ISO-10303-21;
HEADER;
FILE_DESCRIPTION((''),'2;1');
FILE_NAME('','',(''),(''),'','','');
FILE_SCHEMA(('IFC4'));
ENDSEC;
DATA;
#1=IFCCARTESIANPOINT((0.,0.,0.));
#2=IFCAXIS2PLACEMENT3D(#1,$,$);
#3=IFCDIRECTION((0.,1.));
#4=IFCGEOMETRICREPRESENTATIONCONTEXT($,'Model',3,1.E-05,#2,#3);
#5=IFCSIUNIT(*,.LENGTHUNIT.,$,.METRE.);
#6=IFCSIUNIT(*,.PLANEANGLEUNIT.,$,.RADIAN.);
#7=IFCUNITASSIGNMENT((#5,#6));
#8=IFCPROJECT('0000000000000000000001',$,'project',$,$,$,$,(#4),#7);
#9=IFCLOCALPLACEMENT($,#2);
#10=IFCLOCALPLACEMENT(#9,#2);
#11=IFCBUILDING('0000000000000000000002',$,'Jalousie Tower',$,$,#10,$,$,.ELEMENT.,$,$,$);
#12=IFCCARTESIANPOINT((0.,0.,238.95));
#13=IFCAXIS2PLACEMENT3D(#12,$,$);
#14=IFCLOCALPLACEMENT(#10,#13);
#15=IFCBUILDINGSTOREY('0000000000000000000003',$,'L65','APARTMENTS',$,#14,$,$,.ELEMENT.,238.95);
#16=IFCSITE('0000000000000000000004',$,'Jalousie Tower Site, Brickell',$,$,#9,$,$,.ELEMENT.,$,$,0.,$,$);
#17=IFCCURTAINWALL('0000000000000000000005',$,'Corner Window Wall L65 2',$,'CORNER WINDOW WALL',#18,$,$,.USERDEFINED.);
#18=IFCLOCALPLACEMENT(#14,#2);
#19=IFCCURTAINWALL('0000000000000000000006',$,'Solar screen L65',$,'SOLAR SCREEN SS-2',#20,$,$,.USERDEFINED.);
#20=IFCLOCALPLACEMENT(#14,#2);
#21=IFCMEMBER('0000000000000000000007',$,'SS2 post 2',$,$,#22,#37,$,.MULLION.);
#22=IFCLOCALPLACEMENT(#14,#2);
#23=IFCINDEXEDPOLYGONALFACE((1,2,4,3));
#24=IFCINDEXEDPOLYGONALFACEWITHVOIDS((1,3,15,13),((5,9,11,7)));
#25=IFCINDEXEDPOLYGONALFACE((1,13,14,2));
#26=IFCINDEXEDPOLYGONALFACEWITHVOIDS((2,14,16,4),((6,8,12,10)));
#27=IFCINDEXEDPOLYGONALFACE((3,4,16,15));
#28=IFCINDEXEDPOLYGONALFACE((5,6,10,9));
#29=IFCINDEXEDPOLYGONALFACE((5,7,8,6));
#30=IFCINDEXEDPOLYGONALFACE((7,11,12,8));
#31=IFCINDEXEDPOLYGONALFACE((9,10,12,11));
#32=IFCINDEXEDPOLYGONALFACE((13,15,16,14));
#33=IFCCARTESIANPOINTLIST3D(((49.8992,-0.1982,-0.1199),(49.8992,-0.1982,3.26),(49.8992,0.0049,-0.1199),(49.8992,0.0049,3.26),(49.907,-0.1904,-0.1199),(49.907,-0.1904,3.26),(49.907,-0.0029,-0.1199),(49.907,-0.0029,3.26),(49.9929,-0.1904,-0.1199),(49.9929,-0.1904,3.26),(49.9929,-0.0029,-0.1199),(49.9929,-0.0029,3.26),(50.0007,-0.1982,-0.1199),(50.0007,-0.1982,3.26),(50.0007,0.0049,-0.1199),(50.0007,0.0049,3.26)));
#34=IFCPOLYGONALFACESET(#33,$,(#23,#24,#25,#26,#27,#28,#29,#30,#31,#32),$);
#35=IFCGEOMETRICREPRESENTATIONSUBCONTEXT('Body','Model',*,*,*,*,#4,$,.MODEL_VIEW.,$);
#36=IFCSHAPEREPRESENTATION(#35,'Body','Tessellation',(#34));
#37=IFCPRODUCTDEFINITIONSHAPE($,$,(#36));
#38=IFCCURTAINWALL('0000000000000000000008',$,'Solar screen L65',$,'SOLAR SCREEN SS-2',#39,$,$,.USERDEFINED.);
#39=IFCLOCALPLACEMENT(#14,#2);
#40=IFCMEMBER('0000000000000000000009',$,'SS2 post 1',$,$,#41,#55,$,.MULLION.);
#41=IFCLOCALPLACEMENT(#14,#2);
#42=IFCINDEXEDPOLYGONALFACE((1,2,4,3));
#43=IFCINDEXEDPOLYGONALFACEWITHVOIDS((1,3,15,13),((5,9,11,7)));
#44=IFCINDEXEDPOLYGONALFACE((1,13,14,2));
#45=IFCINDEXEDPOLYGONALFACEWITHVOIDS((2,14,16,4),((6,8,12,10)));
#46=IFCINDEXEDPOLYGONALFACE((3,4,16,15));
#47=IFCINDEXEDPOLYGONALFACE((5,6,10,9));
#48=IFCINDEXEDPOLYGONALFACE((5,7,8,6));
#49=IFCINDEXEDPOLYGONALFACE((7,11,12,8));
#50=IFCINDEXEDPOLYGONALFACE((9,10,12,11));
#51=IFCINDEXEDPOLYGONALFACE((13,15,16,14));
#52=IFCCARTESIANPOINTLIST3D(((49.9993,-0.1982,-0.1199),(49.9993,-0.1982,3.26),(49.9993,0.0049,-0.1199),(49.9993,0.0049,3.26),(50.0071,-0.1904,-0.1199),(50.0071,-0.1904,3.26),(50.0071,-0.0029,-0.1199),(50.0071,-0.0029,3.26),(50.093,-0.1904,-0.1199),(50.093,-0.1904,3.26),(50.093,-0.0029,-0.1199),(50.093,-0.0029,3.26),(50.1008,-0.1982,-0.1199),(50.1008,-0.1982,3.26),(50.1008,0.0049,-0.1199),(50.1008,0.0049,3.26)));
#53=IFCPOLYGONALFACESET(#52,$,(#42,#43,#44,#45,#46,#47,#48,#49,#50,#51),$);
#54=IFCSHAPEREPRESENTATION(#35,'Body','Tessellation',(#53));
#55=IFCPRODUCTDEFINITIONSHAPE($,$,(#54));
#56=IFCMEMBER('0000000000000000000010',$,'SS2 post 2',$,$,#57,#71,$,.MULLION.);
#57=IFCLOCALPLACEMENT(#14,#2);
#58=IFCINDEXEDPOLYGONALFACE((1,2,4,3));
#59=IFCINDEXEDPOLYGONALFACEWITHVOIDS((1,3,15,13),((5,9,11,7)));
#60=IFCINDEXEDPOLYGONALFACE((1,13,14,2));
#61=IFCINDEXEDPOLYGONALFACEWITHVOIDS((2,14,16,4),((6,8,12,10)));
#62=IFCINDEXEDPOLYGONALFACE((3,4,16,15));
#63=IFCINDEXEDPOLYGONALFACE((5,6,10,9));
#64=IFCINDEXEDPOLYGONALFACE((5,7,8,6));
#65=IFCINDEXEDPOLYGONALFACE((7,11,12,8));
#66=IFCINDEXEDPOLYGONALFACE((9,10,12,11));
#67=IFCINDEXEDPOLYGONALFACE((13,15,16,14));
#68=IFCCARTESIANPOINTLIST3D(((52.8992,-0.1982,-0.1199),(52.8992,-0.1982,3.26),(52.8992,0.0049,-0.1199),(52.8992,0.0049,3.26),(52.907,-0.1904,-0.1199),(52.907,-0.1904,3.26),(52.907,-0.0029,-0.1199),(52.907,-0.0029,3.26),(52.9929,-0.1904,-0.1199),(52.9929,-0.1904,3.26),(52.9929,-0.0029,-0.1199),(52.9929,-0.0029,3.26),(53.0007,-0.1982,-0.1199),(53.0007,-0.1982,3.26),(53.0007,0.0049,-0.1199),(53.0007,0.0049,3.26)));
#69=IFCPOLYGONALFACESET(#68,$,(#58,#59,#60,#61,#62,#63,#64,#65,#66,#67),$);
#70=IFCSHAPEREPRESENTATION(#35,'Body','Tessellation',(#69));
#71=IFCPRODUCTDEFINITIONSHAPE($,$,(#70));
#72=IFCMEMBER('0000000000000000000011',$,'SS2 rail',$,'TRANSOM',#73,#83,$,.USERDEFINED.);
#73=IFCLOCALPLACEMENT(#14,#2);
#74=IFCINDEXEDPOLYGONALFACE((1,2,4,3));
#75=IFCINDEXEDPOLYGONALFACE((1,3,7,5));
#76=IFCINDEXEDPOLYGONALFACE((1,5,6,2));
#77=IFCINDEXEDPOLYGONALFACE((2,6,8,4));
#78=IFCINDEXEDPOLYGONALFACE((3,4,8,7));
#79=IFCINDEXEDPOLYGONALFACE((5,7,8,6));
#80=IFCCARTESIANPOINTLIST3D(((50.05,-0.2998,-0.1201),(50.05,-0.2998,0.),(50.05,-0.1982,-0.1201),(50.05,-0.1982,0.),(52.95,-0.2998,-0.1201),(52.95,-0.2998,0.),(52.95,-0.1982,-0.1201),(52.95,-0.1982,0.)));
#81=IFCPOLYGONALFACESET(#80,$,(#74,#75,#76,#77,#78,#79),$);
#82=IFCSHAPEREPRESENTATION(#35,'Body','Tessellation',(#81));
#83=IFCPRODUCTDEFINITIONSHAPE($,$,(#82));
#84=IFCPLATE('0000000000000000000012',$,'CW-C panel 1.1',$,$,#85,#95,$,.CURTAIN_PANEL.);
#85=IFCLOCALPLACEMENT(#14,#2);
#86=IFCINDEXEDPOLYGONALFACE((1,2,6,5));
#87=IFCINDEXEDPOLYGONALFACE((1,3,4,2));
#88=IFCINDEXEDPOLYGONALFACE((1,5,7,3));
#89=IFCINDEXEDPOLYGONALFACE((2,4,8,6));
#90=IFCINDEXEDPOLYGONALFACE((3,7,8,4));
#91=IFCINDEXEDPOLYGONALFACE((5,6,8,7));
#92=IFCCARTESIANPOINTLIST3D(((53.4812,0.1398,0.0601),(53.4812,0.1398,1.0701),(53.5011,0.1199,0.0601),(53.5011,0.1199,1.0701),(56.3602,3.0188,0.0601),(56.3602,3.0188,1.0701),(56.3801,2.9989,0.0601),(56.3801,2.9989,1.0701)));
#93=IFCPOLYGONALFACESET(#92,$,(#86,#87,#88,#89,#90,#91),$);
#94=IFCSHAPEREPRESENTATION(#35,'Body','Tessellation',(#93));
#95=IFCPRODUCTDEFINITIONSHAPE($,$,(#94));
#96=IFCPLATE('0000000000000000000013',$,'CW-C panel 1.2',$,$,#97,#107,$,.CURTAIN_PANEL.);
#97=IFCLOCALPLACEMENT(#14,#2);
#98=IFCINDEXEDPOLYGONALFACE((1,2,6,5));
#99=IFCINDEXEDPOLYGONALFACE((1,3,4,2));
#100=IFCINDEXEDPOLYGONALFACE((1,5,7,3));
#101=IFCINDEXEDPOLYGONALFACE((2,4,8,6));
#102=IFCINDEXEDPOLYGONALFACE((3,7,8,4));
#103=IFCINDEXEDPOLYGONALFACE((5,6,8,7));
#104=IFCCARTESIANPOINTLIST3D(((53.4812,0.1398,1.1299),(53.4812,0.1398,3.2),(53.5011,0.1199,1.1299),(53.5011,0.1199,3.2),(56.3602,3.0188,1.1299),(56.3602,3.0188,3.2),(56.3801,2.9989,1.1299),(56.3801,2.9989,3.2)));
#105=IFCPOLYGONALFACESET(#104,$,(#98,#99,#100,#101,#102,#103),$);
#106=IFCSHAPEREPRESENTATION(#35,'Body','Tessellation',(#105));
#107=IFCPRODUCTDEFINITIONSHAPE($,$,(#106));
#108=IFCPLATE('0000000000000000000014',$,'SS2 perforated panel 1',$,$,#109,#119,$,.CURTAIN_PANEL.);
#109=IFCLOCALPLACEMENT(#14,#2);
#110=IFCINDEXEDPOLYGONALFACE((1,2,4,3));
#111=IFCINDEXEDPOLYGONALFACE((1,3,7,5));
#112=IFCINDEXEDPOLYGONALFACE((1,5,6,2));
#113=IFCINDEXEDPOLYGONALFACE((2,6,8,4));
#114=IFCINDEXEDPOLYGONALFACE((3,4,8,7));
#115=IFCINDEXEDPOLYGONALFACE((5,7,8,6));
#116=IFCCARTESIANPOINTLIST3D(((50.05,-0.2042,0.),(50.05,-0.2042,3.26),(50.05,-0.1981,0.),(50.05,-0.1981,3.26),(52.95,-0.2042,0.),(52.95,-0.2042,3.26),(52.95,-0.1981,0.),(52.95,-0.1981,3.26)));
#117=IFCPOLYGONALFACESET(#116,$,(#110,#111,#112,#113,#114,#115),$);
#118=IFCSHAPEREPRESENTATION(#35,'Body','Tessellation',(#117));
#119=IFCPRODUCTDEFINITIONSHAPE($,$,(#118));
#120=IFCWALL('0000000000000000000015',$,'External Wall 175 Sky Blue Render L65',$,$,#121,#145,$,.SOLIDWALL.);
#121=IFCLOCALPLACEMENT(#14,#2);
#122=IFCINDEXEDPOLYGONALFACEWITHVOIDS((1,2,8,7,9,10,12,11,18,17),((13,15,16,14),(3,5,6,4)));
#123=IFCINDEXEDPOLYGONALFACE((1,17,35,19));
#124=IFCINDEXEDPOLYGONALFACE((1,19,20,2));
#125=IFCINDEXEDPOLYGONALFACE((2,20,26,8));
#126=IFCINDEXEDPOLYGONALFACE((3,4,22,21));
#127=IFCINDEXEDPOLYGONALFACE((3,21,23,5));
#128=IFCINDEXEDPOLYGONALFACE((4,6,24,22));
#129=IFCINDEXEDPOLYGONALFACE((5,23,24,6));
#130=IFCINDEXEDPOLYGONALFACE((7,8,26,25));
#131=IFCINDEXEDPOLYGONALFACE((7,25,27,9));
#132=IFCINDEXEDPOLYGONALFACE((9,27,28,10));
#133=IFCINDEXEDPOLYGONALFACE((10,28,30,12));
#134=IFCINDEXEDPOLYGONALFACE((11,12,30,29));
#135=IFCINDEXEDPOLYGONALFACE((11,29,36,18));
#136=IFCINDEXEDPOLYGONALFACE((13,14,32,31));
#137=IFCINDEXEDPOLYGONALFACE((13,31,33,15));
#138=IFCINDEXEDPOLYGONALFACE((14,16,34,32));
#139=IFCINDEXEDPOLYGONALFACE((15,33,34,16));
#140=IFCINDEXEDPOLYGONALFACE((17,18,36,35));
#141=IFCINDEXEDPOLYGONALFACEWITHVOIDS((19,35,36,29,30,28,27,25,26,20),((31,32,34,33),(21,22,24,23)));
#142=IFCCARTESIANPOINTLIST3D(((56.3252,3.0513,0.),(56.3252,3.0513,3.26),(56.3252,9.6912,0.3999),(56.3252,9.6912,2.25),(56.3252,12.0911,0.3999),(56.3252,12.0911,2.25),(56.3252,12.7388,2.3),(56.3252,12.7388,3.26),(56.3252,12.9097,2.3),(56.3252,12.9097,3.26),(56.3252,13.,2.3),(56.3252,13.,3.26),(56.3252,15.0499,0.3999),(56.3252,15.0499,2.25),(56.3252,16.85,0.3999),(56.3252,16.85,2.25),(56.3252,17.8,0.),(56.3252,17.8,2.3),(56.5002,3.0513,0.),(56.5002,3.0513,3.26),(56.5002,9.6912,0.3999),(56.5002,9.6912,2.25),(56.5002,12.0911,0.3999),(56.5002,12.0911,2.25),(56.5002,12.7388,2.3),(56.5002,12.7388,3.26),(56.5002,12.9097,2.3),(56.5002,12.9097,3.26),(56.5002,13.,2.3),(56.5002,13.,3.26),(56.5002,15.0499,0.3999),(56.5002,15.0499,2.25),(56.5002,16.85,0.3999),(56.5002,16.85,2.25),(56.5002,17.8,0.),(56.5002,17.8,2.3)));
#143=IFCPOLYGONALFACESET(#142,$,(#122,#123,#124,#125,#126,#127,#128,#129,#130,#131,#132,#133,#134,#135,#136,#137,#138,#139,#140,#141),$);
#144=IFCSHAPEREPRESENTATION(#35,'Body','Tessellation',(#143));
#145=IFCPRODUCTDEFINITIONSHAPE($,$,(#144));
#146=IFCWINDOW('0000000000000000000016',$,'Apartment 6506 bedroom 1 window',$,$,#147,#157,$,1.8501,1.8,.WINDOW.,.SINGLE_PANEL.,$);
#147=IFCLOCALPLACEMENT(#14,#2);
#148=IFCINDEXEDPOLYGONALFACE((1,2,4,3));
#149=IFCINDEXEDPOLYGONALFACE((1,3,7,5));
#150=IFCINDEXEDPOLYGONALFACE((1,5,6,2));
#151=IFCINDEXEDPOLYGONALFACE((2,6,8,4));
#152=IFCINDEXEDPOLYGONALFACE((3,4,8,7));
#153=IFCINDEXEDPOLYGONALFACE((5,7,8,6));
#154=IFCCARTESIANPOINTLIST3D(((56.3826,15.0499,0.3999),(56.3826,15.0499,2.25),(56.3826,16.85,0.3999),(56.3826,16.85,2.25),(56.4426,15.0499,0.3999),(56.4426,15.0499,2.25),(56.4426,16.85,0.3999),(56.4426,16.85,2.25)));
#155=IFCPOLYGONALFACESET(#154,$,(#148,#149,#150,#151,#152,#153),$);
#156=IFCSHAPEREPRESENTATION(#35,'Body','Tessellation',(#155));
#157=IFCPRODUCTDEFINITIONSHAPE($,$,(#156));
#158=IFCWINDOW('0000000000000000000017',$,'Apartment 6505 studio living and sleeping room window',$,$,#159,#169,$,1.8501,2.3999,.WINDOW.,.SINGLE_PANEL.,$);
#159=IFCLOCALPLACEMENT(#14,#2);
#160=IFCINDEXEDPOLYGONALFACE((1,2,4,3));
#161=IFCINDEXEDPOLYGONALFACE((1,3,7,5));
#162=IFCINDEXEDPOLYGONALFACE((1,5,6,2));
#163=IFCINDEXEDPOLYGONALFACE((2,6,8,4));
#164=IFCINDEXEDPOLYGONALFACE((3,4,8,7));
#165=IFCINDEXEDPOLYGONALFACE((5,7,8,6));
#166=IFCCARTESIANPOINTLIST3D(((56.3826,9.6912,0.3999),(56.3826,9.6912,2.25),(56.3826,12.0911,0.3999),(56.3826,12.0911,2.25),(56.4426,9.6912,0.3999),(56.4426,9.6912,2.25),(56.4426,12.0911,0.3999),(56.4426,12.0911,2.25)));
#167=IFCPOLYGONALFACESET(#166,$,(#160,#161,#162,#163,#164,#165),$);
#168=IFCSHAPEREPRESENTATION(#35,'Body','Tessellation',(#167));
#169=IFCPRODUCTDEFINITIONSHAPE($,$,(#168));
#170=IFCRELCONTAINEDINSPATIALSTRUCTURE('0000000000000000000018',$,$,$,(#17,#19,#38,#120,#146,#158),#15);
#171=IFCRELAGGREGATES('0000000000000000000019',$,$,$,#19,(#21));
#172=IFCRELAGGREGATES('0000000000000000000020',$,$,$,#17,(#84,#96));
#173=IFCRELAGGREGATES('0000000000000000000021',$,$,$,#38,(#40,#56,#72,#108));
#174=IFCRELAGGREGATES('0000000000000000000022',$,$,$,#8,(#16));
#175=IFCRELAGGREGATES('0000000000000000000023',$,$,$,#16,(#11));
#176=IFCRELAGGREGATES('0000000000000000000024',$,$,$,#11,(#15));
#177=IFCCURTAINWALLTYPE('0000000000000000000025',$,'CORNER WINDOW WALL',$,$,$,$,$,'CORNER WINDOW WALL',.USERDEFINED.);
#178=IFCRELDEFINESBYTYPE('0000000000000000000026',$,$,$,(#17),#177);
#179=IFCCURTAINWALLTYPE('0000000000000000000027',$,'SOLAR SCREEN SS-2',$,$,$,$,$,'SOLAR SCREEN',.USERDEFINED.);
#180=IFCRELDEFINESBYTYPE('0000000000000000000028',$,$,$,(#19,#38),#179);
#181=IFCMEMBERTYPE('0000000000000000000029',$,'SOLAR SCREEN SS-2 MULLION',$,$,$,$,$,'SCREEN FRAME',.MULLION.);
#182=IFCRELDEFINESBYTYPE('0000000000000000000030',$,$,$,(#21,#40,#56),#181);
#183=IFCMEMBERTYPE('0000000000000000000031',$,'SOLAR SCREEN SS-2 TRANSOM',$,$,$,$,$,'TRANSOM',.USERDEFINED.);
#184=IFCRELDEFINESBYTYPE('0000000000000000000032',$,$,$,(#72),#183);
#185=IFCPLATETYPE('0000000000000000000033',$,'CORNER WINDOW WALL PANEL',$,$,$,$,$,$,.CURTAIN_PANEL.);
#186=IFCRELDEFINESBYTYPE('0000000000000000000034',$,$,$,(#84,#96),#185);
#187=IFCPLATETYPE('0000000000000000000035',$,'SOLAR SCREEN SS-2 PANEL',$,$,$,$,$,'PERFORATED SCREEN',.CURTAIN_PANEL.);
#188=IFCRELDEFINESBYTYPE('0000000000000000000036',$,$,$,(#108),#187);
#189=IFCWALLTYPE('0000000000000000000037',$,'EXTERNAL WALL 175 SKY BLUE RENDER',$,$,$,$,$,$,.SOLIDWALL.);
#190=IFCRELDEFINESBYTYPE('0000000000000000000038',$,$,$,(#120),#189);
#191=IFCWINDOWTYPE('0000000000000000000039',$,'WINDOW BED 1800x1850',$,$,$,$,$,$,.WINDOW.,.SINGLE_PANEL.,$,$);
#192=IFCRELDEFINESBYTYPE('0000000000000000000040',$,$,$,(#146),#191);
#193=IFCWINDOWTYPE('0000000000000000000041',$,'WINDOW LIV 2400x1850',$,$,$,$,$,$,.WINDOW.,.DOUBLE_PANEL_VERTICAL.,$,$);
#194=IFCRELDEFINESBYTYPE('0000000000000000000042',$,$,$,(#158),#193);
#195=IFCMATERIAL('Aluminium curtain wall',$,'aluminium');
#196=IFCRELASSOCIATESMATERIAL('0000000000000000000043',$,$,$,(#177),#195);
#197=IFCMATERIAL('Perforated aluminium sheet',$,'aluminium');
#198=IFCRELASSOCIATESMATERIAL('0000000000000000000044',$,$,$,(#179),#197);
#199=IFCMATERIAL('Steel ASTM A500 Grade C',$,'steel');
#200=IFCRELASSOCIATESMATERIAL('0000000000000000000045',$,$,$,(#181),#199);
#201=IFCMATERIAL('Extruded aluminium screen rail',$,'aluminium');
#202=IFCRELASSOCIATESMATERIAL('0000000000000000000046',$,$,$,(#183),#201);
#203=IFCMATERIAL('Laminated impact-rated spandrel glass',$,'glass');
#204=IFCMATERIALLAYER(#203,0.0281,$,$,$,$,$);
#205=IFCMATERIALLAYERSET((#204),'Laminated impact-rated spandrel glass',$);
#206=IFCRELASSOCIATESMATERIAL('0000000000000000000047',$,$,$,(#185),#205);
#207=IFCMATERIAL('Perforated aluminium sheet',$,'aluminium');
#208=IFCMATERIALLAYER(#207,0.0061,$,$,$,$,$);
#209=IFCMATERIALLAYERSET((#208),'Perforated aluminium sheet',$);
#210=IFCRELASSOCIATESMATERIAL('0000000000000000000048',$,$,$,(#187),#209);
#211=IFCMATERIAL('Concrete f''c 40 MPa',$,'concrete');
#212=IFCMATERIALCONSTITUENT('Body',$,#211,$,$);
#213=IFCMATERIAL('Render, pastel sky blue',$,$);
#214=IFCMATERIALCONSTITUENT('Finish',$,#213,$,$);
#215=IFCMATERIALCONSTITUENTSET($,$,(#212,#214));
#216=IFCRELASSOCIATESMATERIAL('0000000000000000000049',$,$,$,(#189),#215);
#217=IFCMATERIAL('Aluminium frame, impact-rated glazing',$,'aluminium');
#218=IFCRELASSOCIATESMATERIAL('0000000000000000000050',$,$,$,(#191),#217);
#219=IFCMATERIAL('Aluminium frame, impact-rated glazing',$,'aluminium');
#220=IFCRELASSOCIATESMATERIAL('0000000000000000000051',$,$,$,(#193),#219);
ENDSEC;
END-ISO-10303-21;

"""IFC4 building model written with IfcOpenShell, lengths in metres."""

from ifc_helpers import new_model, si_unit, direction, frame, frame_2d, origin, origin_2d, place, context, subcontext, project, spatial, polyline, rectangle, hollow_rectangle, outline, extrude, material, layer, layer_set, constituent, constituent_set, material_profile, profile_set, type_object, element, fill, aggregate, save


model = new_model("IFC4")

# Units and contexts
model_context = context("Model", 3, precision=1e-05, world=origin(), true_north=direction((0.0, 1.0)))
body_context = subcontext(model_context, "Body", "Model", "MODEL_VIEW")
ifc_project = project(units=[si_unit("LENGTHUNIT", "METRE"), si_unit("PLANEANGLEUNIT", "RADIAN")], contexts=[model_context])

# Site, building, storey
site_placement = place(None, origin())
site = spatial("IfcSite", under=ifc_project, at=site_placement, Name="Jalousie Tower Site, Brickell", CompositionType="ELEMENT", RefElevation=0.0)
building_placement = place(site_placement, origin())
building = spatial("IfcBuilding", under=site, at=building_placement, Name="Jalousie Tower", CompositionType="ELEMENT")
storey_placement = place(building_placement, frame((0.0, 0.0, 238.95)))
storey = spatial("IfcBuildingStorey", under=building, at=storey_placement, Name="L65", Description="APARTMENTS", CompositionType="ELEMENT", Elevation=238.95)

# Curtain wall
ifc_material_1 = material(Name="Aluminium curtain wall", Category="aluminium")
curtain_wall_type_1 = type_object("IfcCurtainWallType", Name="CORNER WINDOW WALL", ElementType="CORNER WINDOW WALL", PredefinedType="USERDEFINED", material=ifc_material_1)
curtain_wall_1_placement = place(storey_placement, origin())
curtain_wall_1 = element("IfcCurtainWall", 1, at=curtain_wall_1_placement, inside=storey, type_object=curtain_wall_type_1, Name="Corner Window Wall L65 2", ObjectType="CORNER WINDOW WALL", PredefinedType="USERDEFINED")

# Curtain wall, member
ifc_material_2 = material(Name="Perforated aluminium sheet", Category="aluminium")
curtain_wall_type_2 = type_object("IfcCurtainWallType", Name="SOLAR SCREEN SS-2", ElementType="SOLAR SCREEN", PredefinedType="USERDEFINED", material=ifc_material_2)
curtain_wall_2_placement = place(storey_placement, origin())
curtain_wall_2 = element("IfcCurtainWall", 2, at=curtain_wall_2_placement, inside=storey, type_object=curtain_wall_type_2, Name="Solar screen L65", ObjectType="SOLAR SCREEN SS-2", PredefinedType="USERDEFINED")
ifc_material_3 = material(Name="Steel ASTM A500 Grade C", Category="steel")
ifc_material_profile_1 = material_profile(ifc_material_3, hollow_rectangle(XDim=0.1016, YDim=0.2031, WallThickness=0.0078, at=origin_2d()), Name="HSS8X4X5/16")
ifc_profile_set_1 = profile_set([ifc_material_profile_1], Name="Steel ASTM A500 Grade C")
member_type_1 = type_object("IfcMemberType", Name="SOLAR SCREEN SS-2 MULLION", ElementType="SCREEN FRAME", PredefinedType="MULLION", material=ifc_profile_set_1)
member_1_placement = place(storey_placement, frame((49.95, -0.0967, -0.1199), z_axis=(0.0, 0.0, 1.0), x_axis=(1.0, 0.0, 0.0)))
member_1 = element("IfcMember", 3, at=member_1_placement, type_object=member_type_1, Name="SS2 post 2", PredefinedType="MULLION", context=body_context, shape_type="SweptSolid", body=[
    extrude(hollow_rectangle(XDim=0.1016, YDim=0.2031, WallThickness=0.0078, at=origin_2d()), origin(), (0.0, 0.0, 1.0), 3.3799),
])
aggregate(curtain_wall_2, [member_1])

# Curtain wall, members
curtain_wall_3_placement = place(storey_placement, origin())
curtain_wall_3 = element("IfcCurtainWall", 4, at=curtain_wall_3_placement, inside=storey, type_object=curtain_wall_type_2, Name="Solar screen L65", ObjectType="SOLAR SCREEN SS-2", PredefinedType="USERDEFINED")
member_2_placement = place(storey_placement, frame((50.05, -0.0967, -0.1199), z_axis=(0.0, 0.0, 1.0), x_axis=(1.0, 0.0, 0.0)))
member_2 = element("IfcMember", 5, at=member_2_placement, type_object=member_type_1, Name="SS2 post 1", PredefinedType="MULLION", context=body_context, shape_type="SweptSolid", body=[
    extrude(hollow_rectangle(XDim=0.1016, YDim=0.2031, WallThickness=0.0078, at=origin_2d()), origin(), (0.0, 0.0, 1.0), 3.3799),
])
member_3_placement = place(storey_placement, frame((52.95, -0.0967, -0.1199), z_axis=(0.0, 0.0, 1.0), x_axis=(1.0, 0.0, 0.0)))
member_3 = element("IfcMember", 6, at=member_3_placement, type_object=member_type_1, Name="SS2 post 2", PredefinedType="MULLION", context=body_context, shape_type="SweptSolid", body=[
    extrude(hollow_rectangle(XDim=0.1016, YDim=0.2031, WallThickness=0.0078, at=origin_2d()), origin(), (0.0, 0.0, 1.0), 3.3799),
])
ifc_material_4 = material(Name="Extruded aluminium screen rail", Category="aluminium")
ifc_material_profile_2 = material_profile(ifc_material_4, rectangle(XDim=0.1016, YDim=0.1201, at=origin_2d()), Name="RAIL 102x120")
ifc_profile_set_2 = profile_set([ifc_material_profile_2], Name="Extruded aluminium screen rail")
member_type_2 = type_object("IfcMemberType", Name="SOLAR SCREEN SS-2 TRANSOM", ElementType="TRANSOM", PredefinedType="USERDEFINED", material=ifc_profile_set_2)
member_4_placement = place(storey_placement, frame((50.05, -0.249, -0.0601), z_axis=(1.0, 0.0, 0.0), x_axis=(0.0, 1.0, 0.0)))
member_4 = element("IfcMember", 7, at=member_4_placement, type_object=member_type_2, Name="SS2 rail", ObjectType="TRANSOM", PredefinedType="USERDEFINED", context=body_context, shape_type="SweptSolid", body=[
    extrude(rectangle(XDim=0.1016, YDim=0.1201, at=origin_2d()), origin(), (0.0, 0.0, 1.0), 2.8999),
])

# Plates
ifc_material_5 = material(Name="Laminated impact-rated spandrel glass", Category="glass")
ifc_layer_1 = layer(ifc_material_5, 0.0281)
ifc_layer_set_1 = layer_set([ifc_layer_1], Name="Laminated impact-rated spandrel glass")
plate_type_1 = type_object("IfcPlateType", Name="CORNER WINDOW WALL PANEL", PredefinedType="CURTAIN_PANEL", material=ifc_layer_set_1)
plate_1_placement = place(storey_placement, frame((54.9307, 1.5693, 0.0601), z_axis=(0.0, 0.0, 1.0), x_axis=(0.707107, 0.707107, 0.0)))
plate_1 = element("IfcPlate", 8, at=plate_1_placement, type_object=plate_type_1, Name="CW-C panel 1.1", PredefinedType="CURTAIN_PANEL", context=body_context, shape_type="SweptSolid", body=[
    extrude(rectangle(XDim=4.0715, YDim=0.0281, at=origin_2d()), origin(), (0.0, 0.0, 1.0), 1.01),
])
plate_2_placement = place(storey_placement, frame((54.9307, 1.5693, 1.1299), z_axis=(0.0, 0.0, 1.0), x_axis=(0.707107, 0.707107, 0.0)))
plate_2 = element("IfcPlate", 9, at=plate_2_placement, type_object=plate_type_1, Name="CW-C panel 1.2", PredefinedType="CURTAIN_PANEL", context=body_context, shape_type="SweptSolid", body=[
    extrude(rectangle(XDim=4.0715, YDim=0.0281, at=origin_2d()), origin(), (0.0, 0.0, 1.0), 2.0701),
])
aggregate(curtain_wall_1, [plate_1, plate_2])
ifc_material_6 = material(Name="Perforated aluminium sheet", Category="aluminium")
ifc_layer_2 = layer(ifc_material_6, 0.0061)
ifc_layer_set_2 = layer_set([ifc_layer_2], Name="Perforated aluminium sheet")
plate_type_2 = type_object("IfcPlateType", Name="SOLAR SCREEN SS-2 PANEL", ElementType="PERFORATED SCREEN", PredefinedType="CURTAIN_PANEL", material=ifc_layer_set_2)
plate_3_placement = place(storey_placement, frame((51.5, -0.2012, 0.0), z_axis=(0.0, 0.0, 1.0), x_axis=(1.0, 0.0, 0.0)))
plate_3 = element("IfcPlate", 10, at=plate_3_placement, type_object=plate_type_2, Name="SS2 perforated panel 1", PredefinedType="CURTAIN_PANEL", context=body_context, shape_type="SweptSolid", body=[
    extrude(rectangle(XDim=2.8999, YDim=0.0061, at=origin_2d()), origin(), (0.0, 0.0, 1.0), 3.26),
])
aggregate(curtain_wall_3, [member_2, member_3, member_4, plate_3])

# Wall, openings, windows
ifc_material_7 = material(Name="Concrete f'c 40 MPa", Category="concrete")
ifc_constituent_1 = constituent(ifc_material_7, Name="Body")
ifc_material_8 = material(Name="Render, pastel sky blue")
ifc_constituent_2 = constituent(ifc_material_8, Name="Finish")
ifc_constituent_set_1 = constituent_set(constituents=[ifc_constituent_1, ifc_constituent_2])
wall_type_1 = type_object("IfcWallType", Name="EXTERNAL WALL 175 SKY BLUE RENDER", PredefinedType="SOLIDWALL", material=ifc_constituent_set_1)
wall_1_placement = place(storey_placement, frame((56.4126, 3.0513, 0.0), z_axis=(0.0, 0.0, 1.0), x_axis=(0.0, 1.0, 0.0)))
wall_1 = element("IfcWall", 11, at=wall_1_placement, inside=storey, type_object=wall_type_1, Name="External Wall 175 Sky Blue Render L65", PredefinedType="SOLIDWALL", context=body_context, shape_type="SweptSolid", body=[
    extrude(outline(polyline([(0.0, 0.0), (14.7488, 0.0), (14.7488, 2.3), (9.9487, 2.3), (9.9487, 3.26), (9.8584, 3.26), (9.8584, 2.3), (9.6875, 2.3), (9.6875, 3.26), (0.0, 3.26), (0.0, 0.0)])), frame((0.0, 0.0874, 0.0), z_axis=(0.0, -1.0, 0.0), x_axis=(1.0, 0.0, 0.0)), (0.0, 0.0, 1.0), 0.175),
])
opening_1_placement = place(wall_1_placement, frame((6.6399, 0.0, 0.3999)))
opening_1 = element("IfcOpeningElement", 12, at=opening_1_placement, cuts=wall_1, PredefinedType="OPENING", context=body_context, shape_type="SweptSolid", body=[
    extrude(rectangle(XDim=2.3999, YDim=1.8501, at=frame_2d((1.2, 0.925))), frame((0.0, 0.0974, 0.0), z_axis=(0.0, -1.0, 0.0), x_axis=(1.0, 0.0, 0.0)), (0.0, 0.0, 1.0), 0.1951),
])
opening_2_placement = place(wall_1_placement, frame((11.9988, 0.0, 0.3999)))
opening_2 = element("IfcOpeningElement", 13, at=opening_2_placement, cuts=wall_1, PredefinedType="OPENING", context=body_context, shape_type="SweptSolid", body=[
    extrude(rectangle(XDim=1.8, YDim=1.8501, at=frame_2d((0.8999, 0.925))), frame((0.0, 0.0974, 0.0), z_axis=(0.0, -1.0, 0.0), x_axis=(1.0, 0.0, 0.0)), (0.0, 0.0, 1.0), 0.1951),
])
ifc_material_9 = material(Name="Aluminium frame, impact-rated glazing", Category="aluminium")
window_type_1 = type_object("IfcWindowType", Name="WINDOW BED 1800x1850", PartitioningType="SINGLE_PANEL", PredefinedType="WINDOW", material=ifc_material_9)
window_1_placement = place(opening_2_placement, origin())
window_1 = element("IfcWindow", 14, at=window_1_placement, inside=storey, type_object=window_type_1, Name="Apartment 6506 bedroom 1 window", OverallHeight=1.8501, OverallWidth=1.8, PartitioningType="SINGLE_PANEL", PredefinedType="WINDOW", context=body_context, shape_type="SweptSolid", body=[
    extrude(rectangle(XDim=1.8, YDim=1.8501, at=frame_2d((0.8999, 0.925))), frame((0.0, 0.03, 0.0), z_axis=(0.0, -1.0, 0.0), x_axis=(1.0, 0.0, 0.0)), (0.0, 0.0, 1.0), 0.0601),
])
fill(opening_2, window_1)
ifc_material_10 = material(Name="Aluminium frame, impact-rated glazing", Category="aluminium")
window_type_2 = type_object("IfcWindowType", Name="WINDOW LIV 2400x1850", PartitioningType="DOUBLE_PANEL_VERTICAL", PredefinedType="WINDOW", material=ifc_material_10)
window_2_placement = place(opening_1_placement, origin())
window_2 = element("IfcWindow", 15, at=window_2_placement, inside=storey, type_object=window_type_2, Name="Apartment 6505 studio living and sleeping room window", OverallHeight=1.8501, OverallWidth=2.3999, PartitioningType="SINGLE_PANEL", PredefinedType="WINDOW", context=body_context, shape_type="SweptSolid", body=[
    extrude(rectangle(XDim=2.3999, YDim=1.8501, at=frame_2d((1.2, 0.925))), frame((0.0, 0.03, 0.0), z_axis=(0.0, -1.0, 0.0), x_axis=(1.0, 0.0, 0.0)), (0.0, 0.0, 1.0), 0.0601),
])
fill(opening_1, window_2)

save(model, "model.ifc")
